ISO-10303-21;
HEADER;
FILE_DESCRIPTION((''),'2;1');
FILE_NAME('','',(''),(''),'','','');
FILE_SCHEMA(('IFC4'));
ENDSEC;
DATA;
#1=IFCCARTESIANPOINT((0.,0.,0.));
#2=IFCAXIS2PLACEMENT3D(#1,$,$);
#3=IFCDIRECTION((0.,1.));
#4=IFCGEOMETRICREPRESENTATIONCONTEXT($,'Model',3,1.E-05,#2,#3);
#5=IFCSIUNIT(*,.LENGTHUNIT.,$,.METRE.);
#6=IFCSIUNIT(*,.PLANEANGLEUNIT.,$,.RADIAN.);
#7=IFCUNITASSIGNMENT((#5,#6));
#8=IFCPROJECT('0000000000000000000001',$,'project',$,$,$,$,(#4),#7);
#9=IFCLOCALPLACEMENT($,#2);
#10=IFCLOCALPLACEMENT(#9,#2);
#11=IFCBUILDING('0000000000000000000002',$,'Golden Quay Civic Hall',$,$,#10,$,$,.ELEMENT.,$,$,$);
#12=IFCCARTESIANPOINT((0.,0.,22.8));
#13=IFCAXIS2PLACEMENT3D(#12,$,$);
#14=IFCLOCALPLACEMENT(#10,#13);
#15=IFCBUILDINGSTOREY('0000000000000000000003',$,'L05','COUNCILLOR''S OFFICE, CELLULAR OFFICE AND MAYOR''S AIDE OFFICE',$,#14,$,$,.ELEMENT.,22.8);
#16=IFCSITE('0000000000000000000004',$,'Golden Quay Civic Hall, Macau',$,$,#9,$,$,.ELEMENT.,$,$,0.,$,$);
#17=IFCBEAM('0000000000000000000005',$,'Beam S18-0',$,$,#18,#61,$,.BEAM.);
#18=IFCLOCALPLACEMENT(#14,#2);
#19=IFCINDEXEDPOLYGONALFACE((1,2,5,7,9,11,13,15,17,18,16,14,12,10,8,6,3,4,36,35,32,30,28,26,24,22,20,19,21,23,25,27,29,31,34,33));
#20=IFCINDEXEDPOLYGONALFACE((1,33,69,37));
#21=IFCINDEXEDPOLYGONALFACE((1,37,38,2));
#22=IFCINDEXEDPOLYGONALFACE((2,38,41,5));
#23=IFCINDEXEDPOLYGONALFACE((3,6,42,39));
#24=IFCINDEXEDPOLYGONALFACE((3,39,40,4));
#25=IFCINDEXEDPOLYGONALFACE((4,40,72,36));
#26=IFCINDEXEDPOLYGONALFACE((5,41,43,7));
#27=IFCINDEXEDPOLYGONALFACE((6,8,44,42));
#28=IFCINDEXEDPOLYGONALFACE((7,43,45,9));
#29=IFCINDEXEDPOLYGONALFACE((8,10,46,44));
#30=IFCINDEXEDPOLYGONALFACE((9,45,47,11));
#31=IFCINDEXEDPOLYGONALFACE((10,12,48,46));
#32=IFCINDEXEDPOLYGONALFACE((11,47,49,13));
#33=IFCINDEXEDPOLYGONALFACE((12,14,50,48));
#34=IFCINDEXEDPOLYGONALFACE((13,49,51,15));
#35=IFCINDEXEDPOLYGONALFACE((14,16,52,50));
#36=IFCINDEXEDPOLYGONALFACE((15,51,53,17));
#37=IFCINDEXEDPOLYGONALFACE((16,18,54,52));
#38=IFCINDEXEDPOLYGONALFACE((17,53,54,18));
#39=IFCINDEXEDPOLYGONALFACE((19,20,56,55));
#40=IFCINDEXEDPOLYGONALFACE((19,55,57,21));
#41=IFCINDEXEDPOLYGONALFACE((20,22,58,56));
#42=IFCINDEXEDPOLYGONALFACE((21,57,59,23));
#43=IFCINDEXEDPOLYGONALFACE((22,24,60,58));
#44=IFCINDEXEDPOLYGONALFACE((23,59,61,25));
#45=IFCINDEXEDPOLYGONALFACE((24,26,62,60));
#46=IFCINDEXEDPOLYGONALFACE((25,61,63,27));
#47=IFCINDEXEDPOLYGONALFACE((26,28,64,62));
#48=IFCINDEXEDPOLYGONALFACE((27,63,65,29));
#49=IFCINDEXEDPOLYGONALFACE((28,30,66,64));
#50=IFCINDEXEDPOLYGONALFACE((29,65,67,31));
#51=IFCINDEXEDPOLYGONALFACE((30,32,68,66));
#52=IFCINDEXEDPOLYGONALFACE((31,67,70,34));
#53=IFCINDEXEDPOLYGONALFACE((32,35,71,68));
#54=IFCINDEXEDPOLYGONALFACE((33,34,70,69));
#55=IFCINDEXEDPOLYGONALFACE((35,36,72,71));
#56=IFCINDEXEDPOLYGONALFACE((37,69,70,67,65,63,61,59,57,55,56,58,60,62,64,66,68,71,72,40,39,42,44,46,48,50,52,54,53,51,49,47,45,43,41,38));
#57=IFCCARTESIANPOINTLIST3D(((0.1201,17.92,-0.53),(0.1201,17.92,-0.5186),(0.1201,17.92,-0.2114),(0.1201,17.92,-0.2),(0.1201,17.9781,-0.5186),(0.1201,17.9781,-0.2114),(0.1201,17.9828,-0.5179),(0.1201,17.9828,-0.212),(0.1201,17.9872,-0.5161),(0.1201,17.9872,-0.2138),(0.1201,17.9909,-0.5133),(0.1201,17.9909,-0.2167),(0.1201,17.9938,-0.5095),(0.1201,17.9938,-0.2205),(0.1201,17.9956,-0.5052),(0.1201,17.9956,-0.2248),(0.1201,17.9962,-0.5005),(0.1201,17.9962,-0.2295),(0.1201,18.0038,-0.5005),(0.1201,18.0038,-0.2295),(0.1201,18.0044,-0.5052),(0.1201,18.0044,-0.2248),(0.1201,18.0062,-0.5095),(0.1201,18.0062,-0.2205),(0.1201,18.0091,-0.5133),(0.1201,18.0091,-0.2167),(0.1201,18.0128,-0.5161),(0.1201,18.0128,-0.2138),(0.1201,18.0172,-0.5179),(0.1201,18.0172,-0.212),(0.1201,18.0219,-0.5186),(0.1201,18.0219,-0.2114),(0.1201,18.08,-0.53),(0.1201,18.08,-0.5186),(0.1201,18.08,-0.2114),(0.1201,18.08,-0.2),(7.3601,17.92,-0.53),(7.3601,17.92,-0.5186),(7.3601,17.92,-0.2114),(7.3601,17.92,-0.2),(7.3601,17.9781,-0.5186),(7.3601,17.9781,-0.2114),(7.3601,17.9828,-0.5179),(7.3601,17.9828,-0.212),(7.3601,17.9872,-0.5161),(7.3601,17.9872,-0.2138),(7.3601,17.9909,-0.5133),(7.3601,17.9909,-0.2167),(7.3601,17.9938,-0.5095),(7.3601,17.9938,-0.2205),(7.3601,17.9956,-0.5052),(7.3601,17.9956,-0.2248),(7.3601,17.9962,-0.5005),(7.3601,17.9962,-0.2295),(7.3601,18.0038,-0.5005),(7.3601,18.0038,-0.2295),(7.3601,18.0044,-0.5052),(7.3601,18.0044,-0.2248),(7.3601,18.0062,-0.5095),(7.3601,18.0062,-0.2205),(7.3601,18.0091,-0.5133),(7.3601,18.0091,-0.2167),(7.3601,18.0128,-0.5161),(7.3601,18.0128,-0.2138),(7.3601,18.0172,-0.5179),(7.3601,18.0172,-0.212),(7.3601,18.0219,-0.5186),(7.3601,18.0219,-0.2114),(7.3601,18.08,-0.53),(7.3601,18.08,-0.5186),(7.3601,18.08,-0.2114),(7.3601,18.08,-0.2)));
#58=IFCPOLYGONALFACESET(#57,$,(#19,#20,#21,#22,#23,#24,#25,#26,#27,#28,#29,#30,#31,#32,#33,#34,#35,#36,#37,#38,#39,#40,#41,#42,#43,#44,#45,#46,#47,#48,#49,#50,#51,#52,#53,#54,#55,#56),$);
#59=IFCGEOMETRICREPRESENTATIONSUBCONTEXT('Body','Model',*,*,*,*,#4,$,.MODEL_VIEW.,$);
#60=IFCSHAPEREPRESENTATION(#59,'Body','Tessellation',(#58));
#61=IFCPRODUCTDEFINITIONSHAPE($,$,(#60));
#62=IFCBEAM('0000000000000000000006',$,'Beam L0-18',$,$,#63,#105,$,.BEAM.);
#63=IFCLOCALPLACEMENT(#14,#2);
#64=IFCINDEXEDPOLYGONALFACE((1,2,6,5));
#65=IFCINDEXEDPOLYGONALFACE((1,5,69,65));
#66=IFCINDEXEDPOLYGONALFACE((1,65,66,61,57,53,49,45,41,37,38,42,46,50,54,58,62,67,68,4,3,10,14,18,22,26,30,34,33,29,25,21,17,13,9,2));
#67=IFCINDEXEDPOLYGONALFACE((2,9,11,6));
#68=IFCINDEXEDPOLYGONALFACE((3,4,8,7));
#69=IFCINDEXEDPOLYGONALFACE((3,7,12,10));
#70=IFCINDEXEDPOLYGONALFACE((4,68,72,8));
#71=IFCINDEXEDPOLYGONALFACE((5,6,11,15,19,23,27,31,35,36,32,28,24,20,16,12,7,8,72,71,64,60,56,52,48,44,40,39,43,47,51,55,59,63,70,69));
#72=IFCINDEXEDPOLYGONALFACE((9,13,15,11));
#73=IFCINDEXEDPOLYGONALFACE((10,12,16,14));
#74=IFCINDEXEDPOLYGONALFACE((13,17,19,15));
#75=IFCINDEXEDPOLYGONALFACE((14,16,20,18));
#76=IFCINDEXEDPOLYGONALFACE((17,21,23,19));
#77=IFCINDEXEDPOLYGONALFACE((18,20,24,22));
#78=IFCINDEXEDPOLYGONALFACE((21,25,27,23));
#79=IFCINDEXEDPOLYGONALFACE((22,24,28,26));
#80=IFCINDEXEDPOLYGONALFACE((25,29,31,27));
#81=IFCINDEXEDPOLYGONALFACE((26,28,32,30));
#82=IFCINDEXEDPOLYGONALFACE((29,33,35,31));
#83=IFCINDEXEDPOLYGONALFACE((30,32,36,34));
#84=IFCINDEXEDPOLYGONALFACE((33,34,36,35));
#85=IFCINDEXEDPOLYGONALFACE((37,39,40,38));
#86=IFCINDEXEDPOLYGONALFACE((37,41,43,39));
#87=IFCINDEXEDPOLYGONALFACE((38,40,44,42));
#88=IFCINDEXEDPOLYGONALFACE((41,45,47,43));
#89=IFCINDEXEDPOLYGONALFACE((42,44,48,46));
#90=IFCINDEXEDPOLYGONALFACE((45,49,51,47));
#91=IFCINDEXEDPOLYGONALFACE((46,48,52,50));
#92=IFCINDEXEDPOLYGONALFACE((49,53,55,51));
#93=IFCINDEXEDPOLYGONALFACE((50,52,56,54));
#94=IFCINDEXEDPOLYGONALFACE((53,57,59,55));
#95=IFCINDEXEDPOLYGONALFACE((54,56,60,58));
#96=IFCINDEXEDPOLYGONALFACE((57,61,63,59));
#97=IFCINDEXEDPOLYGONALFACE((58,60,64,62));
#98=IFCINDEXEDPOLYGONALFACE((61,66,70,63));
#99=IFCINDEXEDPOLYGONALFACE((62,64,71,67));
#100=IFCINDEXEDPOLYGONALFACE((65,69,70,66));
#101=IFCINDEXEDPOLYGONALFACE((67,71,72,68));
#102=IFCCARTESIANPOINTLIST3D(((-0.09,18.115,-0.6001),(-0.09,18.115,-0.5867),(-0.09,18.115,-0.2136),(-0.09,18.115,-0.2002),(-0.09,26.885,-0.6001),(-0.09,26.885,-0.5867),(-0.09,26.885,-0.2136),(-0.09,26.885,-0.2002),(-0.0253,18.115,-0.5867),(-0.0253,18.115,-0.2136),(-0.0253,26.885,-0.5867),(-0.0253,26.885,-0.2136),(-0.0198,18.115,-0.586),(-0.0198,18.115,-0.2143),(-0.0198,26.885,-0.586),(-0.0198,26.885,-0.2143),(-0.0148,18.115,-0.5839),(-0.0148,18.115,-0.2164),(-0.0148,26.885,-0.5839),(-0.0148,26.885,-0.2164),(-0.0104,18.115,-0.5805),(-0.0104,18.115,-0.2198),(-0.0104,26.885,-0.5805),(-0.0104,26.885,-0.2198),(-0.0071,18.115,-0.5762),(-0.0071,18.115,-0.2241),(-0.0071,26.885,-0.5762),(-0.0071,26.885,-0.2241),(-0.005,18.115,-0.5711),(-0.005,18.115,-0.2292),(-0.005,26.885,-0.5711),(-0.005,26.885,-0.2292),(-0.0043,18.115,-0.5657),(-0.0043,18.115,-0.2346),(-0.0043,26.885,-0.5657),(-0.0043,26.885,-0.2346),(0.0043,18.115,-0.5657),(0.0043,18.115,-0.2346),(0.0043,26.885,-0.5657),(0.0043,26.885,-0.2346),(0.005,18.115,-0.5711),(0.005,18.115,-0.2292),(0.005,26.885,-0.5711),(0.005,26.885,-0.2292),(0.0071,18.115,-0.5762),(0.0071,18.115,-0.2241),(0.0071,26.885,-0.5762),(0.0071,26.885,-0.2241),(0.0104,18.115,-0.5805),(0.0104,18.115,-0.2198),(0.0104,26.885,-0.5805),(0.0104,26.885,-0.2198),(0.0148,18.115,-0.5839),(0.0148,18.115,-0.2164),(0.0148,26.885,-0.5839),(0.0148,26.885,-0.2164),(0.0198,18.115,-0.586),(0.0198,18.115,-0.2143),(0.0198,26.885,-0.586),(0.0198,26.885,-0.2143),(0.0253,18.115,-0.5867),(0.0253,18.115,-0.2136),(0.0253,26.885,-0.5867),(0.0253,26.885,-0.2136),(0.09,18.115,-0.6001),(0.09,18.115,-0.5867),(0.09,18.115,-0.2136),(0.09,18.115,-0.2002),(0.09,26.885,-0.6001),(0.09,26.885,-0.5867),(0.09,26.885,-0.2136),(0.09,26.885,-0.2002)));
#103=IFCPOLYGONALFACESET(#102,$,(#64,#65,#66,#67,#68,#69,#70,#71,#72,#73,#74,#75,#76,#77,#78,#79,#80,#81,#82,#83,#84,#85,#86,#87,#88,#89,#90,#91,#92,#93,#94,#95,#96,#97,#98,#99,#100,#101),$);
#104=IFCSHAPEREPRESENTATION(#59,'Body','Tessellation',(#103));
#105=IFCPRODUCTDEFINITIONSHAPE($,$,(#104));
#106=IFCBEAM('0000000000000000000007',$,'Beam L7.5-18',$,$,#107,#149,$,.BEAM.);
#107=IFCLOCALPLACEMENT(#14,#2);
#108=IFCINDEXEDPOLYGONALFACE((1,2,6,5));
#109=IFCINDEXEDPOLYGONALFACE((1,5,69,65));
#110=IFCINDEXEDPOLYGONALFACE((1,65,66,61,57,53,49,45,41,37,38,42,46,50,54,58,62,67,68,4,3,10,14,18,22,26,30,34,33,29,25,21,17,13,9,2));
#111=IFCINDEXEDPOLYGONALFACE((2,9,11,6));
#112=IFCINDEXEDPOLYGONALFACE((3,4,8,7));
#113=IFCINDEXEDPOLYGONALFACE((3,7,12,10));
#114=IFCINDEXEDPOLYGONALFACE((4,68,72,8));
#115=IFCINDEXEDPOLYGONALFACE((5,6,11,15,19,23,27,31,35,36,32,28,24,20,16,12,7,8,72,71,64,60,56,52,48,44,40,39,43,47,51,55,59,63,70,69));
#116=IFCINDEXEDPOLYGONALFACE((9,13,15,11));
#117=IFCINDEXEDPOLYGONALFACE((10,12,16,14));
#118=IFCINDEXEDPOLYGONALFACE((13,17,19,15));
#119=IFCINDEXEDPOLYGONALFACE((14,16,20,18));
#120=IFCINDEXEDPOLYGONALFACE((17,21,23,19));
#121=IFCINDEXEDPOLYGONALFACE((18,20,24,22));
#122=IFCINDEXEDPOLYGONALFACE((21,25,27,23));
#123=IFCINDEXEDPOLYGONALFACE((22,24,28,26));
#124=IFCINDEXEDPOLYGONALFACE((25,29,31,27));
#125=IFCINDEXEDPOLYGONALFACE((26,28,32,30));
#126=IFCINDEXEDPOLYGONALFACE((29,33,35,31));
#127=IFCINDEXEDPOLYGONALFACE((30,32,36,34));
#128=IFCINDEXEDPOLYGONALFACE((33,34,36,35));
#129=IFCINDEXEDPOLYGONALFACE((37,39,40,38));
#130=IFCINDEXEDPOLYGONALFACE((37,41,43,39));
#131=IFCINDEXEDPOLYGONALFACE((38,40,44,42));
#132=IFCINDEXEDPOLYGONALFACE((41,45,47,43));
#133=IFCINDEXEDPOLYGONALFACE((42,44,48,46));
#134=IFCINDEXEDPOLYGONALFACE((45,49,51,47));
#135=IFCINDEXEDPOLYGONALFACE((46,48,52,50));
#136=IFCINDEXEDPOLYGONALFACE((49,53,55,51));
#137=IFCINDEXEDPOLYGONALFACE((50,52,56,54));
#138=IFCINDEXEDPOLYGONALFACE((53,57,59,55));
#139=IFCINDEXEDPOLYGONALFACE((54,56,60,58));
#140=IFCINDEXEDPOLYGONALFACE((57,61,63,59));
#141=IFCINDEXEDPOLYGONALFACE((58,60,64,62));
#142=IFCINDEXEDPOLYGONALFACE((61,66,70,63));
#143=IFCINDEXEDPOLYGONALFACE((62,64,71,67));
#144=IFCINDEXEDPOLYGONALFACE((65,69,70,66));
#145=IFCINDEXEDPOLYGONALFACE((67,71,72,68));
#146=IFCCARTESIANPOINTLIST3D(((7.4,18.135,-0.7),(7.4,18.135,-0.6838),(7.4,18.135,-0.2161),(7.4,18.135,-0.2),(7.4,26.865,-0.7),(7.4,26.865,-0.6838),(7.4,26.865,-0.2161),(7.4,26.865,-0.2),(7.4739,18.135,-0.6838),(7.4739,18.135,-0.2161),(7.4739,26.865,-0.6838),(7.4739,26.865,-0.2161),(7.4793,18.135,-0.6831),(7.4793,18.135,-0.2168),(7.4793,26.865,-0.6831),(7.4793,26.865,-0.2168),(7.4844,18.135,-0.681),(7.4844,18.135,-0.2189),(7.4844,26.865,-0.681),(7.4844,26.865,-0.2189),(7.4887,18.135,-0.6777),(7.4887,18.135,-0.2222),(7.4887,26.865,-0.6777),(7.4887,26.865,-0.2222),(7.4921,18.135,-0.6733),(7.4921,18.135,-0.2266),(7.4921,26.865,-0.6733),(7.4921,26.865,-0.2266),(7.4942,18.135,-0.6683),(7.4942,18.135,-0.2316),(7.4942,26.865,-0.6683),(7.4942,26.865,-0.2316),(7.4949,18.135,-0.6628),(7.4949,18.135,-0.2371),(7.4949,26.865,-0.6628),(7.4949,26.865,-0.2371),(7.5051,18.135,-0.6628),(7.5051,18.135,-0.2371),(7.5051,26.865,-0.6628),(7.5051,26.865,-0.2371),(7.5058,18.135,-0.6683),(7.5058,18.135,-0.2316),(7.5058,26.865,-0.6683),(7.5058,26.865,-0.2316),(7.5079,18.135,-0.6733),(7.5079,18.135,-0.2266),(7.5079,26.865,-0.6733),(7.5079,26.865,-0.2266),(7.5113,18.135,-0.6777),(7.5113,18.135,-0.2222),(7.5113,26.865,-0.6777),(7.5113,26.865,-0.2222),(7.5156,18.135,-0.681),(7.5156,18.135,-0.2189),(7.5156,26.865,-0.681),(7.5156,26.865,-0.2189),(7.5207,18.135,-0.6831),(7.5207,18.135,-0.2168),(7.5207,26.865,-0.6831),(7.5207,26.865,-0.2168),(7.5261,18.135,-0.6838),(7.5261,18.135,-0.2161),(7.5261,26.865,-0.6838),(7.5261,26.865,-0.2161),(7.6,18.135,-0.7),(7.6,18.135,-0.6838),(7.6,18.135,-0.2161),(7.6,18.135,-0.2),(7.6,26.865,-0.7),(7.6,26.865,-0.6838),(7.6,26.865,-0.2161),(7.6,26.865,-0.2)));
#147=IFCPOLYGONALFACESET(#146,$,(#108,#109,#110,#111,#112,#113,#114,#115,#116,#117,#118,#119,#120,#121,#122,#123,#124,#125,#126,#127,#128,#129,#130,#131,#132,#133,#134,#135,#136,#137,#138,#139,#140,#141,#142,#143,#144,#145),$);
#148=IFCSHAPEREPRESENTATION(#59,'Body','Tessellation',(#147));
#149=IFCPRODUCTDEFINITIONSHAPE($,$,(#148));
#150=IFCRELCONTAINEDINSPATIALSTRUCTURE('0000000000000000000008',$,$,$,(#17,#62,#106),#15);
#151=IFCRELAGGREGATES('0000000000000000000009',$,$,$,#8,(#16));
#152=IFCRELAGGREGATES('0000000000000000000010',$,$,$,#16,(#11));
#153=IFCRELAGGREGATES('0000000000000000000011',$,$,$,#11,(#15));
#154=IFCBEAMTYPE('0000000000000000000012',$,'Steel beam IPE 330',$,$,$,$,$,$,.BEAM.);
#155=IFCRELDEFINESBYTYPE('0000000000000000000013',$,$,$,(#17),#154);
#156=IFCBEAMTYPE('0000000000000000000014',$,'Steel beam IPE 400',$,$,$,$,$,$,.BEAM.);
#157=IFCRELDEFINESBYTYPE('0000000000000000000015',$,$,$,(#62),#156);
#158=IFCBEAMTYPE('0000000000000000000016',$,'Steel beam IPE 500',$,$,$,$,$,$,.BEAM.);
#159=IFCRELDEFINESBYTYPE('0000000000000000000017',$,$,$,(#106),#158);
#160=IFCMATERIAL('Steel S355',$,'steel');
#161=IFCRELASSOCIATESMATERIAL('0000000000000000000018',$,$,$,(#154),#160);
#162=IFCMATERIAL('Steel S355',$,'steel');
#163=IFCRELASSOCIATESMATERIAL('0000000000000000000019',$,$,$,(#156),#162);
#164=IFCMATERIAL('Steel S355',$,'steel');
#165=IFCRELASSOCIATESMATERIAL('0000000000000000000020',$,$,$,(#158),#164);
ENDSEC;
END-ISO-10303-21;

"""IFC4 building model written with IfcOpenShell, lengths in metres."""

from ifc_helpers import new_model, si_unit, direction, frame, origin, origin_2d, place, context, subcontext, project, spatial, i_section, extrude, material, material_profile, profile_set, type_object, element, save


model = new_model("IFC4")

# Units and contexts
model_context = context("Model", 3, precision=1e-05, world=origin(), true_north=direction((0.0, 1.0)))
body_context = subcontext(model_context, "Body", "Model", "MODEL_VIEW")
ifc_project = project(units=[si_unit("LENGTHUNIT", "METRE"), si_unit("PLANEANGLEUNIT", "RADIAN")], contexts=[model_context])

# Site, building, storey
site_placement = place(None, origin())
site = spatial("IfcSite", under=ifc_project, at=site_placement, Name="Golden Quay Civic Hall, Macau", CompositionType="ELEMENT", RefElevation=0.0)
building_placement = place(site_placement, origin())
building = spatial("IfcBuilding", under=site, at=building_placement, Name="Golden Quay Civic Hall", CompositionType="ELEMENT")
storey_placement = place(building_placement, frame((0.0, 0.0, 22.8)))
storey = spatial("IfcBuildingStorey", under=building, at=storey_placement, Name="L05", Description="COUNCILLOR'S OFFICE, CELLULAR OFFICE AND MAYOR'S AIDE OFFICE", CompositionType="ELEMENT", Elevation=22.8)

# Beams
ifc_material_1 = material(Name="Steel S355", Category="steel")
ifc_material_profile_1 = material_profile(ifc_material_1, i_section(OverallWidth=0.1599, OverallDepth=0.3301, WebThickness=0.0076, FlangeThickness=0.0115, FilletRadius=0.0181, at=origin_2d()), Name="IPE 330")
ifc_profile_set_1 = profile_set([ifc_material_profile_1], Name="Steel S355")
beam_type_1 = type_object("IfcBeamType", Name="Steel beam IPE 330", PredefinedType="BEAM", material=ifc_profile_set_1)
beam_1_placement = place(storey_placement, frame((0.1201, 18.0, -0.365), z_axis=(1.0, 0.0, 0.0), x_axis=(0.0, 1.0, 0.0)))
element("IfcBeam", 1, at=beam_1_placement, inside=storey, type_object=beam_type_1, Name="Beam S18-0", PredefinedType="BEAM", context=body_context, shape_type="SweptSolid", body=[
    extrude(i_section(OverallWidth=0.1599, OverallDepth=0.3301, WebThickness=0.0076, FlangeThickness=0.0115, FilletRadius=0.0181, at=origin_2d()), origin(), (0.0, 0.0, 1.0), 7.24),
])
ifc_material_2 = material(Name="Steel S355", Category="steel")
ifc_material_profile_2 = material_profile(ifc_material_2, i_section(OverallWidth=0.1799, OverallDepth=0.3999, WebThickness=0.0085, FlangeThickness=0.0134, FilletRadius=0.021, at=origin_2d()), Name="IPE 400")
ifc_profile_set_2 = profile_set([ifc_material_profile_2], Name="Steel S355")
beam_type_2 = type_object("IfcBeamType", Name="Steel beam IPE 400", PredefinedType="BEAM", material=ifc_profile_set_2)
beam_2_placement = place(storey_placement, frame((0.0, 18.115, -0.4001), z_axis=(0.0, 1.0, 0.0), x_axis=(-1.0, 0.0, 0.0)))
element("IfcBeam", 2, at=beam_2_placement, inside=storey, type_object=beam_type_2, Name="Beam L0-18", PredefinedType="BEAM", context=body_context, shape_type="SweptSolid", body=[
    extrude(i_section(OverallWidth=0.1799, OverallDepth=0.3999, WebThickness=0.0085, FlangeThickness=0.0134, FilletRadius=0.021, at=origin_2d()), origin(), (0.0, 0.0, 1.0), 8.77),
])
ifc_material_3 = material(Name="Steel S355", Category="steel")
ifc_material_profile_3 = material_profile(ifc_material_3, i_section(OverallWidth=0.2, OverallDepth=0.5, WebThickness=0.0103, FlangeThickness=0.0161, FilletRadius=0.021, at=origin_2d()), Name="IPE 500")
ifc_profile_set_3 = profile_set([ifc_material_profile_3], Name="Steel S355")
beam_type_3 = type_object("IfcBeamType", Name="Steel beam IPE 500", PredefinedType="BEAM", material=ifc_profile_set_3)
beam_3_placement = place(storey_placement, frame((7.5, 18.135, -0.45), z_axis=(0.0, 1.0, 0.0), x_axis=(-1.0, 0.0, 0.0)))
element("IfcBeam", 3, at=beam_3_placement, inside=storey, type_object=beam_type_3, Name="Beam L7.5-18", PredefinedType="BEAM", context=body_context, shape_type="SweptSolid", body=[
    extrude(i_section(OverallWidth=0.2, OverallDepth=0.5, WebThickness=0.0103, FlangeThickness=0.0161, FilletRadius=0.021, at=origin_2d()), origin(), (0.0, 0.0, 1.0), 8.73),
])

save(model, "model.ifc")
